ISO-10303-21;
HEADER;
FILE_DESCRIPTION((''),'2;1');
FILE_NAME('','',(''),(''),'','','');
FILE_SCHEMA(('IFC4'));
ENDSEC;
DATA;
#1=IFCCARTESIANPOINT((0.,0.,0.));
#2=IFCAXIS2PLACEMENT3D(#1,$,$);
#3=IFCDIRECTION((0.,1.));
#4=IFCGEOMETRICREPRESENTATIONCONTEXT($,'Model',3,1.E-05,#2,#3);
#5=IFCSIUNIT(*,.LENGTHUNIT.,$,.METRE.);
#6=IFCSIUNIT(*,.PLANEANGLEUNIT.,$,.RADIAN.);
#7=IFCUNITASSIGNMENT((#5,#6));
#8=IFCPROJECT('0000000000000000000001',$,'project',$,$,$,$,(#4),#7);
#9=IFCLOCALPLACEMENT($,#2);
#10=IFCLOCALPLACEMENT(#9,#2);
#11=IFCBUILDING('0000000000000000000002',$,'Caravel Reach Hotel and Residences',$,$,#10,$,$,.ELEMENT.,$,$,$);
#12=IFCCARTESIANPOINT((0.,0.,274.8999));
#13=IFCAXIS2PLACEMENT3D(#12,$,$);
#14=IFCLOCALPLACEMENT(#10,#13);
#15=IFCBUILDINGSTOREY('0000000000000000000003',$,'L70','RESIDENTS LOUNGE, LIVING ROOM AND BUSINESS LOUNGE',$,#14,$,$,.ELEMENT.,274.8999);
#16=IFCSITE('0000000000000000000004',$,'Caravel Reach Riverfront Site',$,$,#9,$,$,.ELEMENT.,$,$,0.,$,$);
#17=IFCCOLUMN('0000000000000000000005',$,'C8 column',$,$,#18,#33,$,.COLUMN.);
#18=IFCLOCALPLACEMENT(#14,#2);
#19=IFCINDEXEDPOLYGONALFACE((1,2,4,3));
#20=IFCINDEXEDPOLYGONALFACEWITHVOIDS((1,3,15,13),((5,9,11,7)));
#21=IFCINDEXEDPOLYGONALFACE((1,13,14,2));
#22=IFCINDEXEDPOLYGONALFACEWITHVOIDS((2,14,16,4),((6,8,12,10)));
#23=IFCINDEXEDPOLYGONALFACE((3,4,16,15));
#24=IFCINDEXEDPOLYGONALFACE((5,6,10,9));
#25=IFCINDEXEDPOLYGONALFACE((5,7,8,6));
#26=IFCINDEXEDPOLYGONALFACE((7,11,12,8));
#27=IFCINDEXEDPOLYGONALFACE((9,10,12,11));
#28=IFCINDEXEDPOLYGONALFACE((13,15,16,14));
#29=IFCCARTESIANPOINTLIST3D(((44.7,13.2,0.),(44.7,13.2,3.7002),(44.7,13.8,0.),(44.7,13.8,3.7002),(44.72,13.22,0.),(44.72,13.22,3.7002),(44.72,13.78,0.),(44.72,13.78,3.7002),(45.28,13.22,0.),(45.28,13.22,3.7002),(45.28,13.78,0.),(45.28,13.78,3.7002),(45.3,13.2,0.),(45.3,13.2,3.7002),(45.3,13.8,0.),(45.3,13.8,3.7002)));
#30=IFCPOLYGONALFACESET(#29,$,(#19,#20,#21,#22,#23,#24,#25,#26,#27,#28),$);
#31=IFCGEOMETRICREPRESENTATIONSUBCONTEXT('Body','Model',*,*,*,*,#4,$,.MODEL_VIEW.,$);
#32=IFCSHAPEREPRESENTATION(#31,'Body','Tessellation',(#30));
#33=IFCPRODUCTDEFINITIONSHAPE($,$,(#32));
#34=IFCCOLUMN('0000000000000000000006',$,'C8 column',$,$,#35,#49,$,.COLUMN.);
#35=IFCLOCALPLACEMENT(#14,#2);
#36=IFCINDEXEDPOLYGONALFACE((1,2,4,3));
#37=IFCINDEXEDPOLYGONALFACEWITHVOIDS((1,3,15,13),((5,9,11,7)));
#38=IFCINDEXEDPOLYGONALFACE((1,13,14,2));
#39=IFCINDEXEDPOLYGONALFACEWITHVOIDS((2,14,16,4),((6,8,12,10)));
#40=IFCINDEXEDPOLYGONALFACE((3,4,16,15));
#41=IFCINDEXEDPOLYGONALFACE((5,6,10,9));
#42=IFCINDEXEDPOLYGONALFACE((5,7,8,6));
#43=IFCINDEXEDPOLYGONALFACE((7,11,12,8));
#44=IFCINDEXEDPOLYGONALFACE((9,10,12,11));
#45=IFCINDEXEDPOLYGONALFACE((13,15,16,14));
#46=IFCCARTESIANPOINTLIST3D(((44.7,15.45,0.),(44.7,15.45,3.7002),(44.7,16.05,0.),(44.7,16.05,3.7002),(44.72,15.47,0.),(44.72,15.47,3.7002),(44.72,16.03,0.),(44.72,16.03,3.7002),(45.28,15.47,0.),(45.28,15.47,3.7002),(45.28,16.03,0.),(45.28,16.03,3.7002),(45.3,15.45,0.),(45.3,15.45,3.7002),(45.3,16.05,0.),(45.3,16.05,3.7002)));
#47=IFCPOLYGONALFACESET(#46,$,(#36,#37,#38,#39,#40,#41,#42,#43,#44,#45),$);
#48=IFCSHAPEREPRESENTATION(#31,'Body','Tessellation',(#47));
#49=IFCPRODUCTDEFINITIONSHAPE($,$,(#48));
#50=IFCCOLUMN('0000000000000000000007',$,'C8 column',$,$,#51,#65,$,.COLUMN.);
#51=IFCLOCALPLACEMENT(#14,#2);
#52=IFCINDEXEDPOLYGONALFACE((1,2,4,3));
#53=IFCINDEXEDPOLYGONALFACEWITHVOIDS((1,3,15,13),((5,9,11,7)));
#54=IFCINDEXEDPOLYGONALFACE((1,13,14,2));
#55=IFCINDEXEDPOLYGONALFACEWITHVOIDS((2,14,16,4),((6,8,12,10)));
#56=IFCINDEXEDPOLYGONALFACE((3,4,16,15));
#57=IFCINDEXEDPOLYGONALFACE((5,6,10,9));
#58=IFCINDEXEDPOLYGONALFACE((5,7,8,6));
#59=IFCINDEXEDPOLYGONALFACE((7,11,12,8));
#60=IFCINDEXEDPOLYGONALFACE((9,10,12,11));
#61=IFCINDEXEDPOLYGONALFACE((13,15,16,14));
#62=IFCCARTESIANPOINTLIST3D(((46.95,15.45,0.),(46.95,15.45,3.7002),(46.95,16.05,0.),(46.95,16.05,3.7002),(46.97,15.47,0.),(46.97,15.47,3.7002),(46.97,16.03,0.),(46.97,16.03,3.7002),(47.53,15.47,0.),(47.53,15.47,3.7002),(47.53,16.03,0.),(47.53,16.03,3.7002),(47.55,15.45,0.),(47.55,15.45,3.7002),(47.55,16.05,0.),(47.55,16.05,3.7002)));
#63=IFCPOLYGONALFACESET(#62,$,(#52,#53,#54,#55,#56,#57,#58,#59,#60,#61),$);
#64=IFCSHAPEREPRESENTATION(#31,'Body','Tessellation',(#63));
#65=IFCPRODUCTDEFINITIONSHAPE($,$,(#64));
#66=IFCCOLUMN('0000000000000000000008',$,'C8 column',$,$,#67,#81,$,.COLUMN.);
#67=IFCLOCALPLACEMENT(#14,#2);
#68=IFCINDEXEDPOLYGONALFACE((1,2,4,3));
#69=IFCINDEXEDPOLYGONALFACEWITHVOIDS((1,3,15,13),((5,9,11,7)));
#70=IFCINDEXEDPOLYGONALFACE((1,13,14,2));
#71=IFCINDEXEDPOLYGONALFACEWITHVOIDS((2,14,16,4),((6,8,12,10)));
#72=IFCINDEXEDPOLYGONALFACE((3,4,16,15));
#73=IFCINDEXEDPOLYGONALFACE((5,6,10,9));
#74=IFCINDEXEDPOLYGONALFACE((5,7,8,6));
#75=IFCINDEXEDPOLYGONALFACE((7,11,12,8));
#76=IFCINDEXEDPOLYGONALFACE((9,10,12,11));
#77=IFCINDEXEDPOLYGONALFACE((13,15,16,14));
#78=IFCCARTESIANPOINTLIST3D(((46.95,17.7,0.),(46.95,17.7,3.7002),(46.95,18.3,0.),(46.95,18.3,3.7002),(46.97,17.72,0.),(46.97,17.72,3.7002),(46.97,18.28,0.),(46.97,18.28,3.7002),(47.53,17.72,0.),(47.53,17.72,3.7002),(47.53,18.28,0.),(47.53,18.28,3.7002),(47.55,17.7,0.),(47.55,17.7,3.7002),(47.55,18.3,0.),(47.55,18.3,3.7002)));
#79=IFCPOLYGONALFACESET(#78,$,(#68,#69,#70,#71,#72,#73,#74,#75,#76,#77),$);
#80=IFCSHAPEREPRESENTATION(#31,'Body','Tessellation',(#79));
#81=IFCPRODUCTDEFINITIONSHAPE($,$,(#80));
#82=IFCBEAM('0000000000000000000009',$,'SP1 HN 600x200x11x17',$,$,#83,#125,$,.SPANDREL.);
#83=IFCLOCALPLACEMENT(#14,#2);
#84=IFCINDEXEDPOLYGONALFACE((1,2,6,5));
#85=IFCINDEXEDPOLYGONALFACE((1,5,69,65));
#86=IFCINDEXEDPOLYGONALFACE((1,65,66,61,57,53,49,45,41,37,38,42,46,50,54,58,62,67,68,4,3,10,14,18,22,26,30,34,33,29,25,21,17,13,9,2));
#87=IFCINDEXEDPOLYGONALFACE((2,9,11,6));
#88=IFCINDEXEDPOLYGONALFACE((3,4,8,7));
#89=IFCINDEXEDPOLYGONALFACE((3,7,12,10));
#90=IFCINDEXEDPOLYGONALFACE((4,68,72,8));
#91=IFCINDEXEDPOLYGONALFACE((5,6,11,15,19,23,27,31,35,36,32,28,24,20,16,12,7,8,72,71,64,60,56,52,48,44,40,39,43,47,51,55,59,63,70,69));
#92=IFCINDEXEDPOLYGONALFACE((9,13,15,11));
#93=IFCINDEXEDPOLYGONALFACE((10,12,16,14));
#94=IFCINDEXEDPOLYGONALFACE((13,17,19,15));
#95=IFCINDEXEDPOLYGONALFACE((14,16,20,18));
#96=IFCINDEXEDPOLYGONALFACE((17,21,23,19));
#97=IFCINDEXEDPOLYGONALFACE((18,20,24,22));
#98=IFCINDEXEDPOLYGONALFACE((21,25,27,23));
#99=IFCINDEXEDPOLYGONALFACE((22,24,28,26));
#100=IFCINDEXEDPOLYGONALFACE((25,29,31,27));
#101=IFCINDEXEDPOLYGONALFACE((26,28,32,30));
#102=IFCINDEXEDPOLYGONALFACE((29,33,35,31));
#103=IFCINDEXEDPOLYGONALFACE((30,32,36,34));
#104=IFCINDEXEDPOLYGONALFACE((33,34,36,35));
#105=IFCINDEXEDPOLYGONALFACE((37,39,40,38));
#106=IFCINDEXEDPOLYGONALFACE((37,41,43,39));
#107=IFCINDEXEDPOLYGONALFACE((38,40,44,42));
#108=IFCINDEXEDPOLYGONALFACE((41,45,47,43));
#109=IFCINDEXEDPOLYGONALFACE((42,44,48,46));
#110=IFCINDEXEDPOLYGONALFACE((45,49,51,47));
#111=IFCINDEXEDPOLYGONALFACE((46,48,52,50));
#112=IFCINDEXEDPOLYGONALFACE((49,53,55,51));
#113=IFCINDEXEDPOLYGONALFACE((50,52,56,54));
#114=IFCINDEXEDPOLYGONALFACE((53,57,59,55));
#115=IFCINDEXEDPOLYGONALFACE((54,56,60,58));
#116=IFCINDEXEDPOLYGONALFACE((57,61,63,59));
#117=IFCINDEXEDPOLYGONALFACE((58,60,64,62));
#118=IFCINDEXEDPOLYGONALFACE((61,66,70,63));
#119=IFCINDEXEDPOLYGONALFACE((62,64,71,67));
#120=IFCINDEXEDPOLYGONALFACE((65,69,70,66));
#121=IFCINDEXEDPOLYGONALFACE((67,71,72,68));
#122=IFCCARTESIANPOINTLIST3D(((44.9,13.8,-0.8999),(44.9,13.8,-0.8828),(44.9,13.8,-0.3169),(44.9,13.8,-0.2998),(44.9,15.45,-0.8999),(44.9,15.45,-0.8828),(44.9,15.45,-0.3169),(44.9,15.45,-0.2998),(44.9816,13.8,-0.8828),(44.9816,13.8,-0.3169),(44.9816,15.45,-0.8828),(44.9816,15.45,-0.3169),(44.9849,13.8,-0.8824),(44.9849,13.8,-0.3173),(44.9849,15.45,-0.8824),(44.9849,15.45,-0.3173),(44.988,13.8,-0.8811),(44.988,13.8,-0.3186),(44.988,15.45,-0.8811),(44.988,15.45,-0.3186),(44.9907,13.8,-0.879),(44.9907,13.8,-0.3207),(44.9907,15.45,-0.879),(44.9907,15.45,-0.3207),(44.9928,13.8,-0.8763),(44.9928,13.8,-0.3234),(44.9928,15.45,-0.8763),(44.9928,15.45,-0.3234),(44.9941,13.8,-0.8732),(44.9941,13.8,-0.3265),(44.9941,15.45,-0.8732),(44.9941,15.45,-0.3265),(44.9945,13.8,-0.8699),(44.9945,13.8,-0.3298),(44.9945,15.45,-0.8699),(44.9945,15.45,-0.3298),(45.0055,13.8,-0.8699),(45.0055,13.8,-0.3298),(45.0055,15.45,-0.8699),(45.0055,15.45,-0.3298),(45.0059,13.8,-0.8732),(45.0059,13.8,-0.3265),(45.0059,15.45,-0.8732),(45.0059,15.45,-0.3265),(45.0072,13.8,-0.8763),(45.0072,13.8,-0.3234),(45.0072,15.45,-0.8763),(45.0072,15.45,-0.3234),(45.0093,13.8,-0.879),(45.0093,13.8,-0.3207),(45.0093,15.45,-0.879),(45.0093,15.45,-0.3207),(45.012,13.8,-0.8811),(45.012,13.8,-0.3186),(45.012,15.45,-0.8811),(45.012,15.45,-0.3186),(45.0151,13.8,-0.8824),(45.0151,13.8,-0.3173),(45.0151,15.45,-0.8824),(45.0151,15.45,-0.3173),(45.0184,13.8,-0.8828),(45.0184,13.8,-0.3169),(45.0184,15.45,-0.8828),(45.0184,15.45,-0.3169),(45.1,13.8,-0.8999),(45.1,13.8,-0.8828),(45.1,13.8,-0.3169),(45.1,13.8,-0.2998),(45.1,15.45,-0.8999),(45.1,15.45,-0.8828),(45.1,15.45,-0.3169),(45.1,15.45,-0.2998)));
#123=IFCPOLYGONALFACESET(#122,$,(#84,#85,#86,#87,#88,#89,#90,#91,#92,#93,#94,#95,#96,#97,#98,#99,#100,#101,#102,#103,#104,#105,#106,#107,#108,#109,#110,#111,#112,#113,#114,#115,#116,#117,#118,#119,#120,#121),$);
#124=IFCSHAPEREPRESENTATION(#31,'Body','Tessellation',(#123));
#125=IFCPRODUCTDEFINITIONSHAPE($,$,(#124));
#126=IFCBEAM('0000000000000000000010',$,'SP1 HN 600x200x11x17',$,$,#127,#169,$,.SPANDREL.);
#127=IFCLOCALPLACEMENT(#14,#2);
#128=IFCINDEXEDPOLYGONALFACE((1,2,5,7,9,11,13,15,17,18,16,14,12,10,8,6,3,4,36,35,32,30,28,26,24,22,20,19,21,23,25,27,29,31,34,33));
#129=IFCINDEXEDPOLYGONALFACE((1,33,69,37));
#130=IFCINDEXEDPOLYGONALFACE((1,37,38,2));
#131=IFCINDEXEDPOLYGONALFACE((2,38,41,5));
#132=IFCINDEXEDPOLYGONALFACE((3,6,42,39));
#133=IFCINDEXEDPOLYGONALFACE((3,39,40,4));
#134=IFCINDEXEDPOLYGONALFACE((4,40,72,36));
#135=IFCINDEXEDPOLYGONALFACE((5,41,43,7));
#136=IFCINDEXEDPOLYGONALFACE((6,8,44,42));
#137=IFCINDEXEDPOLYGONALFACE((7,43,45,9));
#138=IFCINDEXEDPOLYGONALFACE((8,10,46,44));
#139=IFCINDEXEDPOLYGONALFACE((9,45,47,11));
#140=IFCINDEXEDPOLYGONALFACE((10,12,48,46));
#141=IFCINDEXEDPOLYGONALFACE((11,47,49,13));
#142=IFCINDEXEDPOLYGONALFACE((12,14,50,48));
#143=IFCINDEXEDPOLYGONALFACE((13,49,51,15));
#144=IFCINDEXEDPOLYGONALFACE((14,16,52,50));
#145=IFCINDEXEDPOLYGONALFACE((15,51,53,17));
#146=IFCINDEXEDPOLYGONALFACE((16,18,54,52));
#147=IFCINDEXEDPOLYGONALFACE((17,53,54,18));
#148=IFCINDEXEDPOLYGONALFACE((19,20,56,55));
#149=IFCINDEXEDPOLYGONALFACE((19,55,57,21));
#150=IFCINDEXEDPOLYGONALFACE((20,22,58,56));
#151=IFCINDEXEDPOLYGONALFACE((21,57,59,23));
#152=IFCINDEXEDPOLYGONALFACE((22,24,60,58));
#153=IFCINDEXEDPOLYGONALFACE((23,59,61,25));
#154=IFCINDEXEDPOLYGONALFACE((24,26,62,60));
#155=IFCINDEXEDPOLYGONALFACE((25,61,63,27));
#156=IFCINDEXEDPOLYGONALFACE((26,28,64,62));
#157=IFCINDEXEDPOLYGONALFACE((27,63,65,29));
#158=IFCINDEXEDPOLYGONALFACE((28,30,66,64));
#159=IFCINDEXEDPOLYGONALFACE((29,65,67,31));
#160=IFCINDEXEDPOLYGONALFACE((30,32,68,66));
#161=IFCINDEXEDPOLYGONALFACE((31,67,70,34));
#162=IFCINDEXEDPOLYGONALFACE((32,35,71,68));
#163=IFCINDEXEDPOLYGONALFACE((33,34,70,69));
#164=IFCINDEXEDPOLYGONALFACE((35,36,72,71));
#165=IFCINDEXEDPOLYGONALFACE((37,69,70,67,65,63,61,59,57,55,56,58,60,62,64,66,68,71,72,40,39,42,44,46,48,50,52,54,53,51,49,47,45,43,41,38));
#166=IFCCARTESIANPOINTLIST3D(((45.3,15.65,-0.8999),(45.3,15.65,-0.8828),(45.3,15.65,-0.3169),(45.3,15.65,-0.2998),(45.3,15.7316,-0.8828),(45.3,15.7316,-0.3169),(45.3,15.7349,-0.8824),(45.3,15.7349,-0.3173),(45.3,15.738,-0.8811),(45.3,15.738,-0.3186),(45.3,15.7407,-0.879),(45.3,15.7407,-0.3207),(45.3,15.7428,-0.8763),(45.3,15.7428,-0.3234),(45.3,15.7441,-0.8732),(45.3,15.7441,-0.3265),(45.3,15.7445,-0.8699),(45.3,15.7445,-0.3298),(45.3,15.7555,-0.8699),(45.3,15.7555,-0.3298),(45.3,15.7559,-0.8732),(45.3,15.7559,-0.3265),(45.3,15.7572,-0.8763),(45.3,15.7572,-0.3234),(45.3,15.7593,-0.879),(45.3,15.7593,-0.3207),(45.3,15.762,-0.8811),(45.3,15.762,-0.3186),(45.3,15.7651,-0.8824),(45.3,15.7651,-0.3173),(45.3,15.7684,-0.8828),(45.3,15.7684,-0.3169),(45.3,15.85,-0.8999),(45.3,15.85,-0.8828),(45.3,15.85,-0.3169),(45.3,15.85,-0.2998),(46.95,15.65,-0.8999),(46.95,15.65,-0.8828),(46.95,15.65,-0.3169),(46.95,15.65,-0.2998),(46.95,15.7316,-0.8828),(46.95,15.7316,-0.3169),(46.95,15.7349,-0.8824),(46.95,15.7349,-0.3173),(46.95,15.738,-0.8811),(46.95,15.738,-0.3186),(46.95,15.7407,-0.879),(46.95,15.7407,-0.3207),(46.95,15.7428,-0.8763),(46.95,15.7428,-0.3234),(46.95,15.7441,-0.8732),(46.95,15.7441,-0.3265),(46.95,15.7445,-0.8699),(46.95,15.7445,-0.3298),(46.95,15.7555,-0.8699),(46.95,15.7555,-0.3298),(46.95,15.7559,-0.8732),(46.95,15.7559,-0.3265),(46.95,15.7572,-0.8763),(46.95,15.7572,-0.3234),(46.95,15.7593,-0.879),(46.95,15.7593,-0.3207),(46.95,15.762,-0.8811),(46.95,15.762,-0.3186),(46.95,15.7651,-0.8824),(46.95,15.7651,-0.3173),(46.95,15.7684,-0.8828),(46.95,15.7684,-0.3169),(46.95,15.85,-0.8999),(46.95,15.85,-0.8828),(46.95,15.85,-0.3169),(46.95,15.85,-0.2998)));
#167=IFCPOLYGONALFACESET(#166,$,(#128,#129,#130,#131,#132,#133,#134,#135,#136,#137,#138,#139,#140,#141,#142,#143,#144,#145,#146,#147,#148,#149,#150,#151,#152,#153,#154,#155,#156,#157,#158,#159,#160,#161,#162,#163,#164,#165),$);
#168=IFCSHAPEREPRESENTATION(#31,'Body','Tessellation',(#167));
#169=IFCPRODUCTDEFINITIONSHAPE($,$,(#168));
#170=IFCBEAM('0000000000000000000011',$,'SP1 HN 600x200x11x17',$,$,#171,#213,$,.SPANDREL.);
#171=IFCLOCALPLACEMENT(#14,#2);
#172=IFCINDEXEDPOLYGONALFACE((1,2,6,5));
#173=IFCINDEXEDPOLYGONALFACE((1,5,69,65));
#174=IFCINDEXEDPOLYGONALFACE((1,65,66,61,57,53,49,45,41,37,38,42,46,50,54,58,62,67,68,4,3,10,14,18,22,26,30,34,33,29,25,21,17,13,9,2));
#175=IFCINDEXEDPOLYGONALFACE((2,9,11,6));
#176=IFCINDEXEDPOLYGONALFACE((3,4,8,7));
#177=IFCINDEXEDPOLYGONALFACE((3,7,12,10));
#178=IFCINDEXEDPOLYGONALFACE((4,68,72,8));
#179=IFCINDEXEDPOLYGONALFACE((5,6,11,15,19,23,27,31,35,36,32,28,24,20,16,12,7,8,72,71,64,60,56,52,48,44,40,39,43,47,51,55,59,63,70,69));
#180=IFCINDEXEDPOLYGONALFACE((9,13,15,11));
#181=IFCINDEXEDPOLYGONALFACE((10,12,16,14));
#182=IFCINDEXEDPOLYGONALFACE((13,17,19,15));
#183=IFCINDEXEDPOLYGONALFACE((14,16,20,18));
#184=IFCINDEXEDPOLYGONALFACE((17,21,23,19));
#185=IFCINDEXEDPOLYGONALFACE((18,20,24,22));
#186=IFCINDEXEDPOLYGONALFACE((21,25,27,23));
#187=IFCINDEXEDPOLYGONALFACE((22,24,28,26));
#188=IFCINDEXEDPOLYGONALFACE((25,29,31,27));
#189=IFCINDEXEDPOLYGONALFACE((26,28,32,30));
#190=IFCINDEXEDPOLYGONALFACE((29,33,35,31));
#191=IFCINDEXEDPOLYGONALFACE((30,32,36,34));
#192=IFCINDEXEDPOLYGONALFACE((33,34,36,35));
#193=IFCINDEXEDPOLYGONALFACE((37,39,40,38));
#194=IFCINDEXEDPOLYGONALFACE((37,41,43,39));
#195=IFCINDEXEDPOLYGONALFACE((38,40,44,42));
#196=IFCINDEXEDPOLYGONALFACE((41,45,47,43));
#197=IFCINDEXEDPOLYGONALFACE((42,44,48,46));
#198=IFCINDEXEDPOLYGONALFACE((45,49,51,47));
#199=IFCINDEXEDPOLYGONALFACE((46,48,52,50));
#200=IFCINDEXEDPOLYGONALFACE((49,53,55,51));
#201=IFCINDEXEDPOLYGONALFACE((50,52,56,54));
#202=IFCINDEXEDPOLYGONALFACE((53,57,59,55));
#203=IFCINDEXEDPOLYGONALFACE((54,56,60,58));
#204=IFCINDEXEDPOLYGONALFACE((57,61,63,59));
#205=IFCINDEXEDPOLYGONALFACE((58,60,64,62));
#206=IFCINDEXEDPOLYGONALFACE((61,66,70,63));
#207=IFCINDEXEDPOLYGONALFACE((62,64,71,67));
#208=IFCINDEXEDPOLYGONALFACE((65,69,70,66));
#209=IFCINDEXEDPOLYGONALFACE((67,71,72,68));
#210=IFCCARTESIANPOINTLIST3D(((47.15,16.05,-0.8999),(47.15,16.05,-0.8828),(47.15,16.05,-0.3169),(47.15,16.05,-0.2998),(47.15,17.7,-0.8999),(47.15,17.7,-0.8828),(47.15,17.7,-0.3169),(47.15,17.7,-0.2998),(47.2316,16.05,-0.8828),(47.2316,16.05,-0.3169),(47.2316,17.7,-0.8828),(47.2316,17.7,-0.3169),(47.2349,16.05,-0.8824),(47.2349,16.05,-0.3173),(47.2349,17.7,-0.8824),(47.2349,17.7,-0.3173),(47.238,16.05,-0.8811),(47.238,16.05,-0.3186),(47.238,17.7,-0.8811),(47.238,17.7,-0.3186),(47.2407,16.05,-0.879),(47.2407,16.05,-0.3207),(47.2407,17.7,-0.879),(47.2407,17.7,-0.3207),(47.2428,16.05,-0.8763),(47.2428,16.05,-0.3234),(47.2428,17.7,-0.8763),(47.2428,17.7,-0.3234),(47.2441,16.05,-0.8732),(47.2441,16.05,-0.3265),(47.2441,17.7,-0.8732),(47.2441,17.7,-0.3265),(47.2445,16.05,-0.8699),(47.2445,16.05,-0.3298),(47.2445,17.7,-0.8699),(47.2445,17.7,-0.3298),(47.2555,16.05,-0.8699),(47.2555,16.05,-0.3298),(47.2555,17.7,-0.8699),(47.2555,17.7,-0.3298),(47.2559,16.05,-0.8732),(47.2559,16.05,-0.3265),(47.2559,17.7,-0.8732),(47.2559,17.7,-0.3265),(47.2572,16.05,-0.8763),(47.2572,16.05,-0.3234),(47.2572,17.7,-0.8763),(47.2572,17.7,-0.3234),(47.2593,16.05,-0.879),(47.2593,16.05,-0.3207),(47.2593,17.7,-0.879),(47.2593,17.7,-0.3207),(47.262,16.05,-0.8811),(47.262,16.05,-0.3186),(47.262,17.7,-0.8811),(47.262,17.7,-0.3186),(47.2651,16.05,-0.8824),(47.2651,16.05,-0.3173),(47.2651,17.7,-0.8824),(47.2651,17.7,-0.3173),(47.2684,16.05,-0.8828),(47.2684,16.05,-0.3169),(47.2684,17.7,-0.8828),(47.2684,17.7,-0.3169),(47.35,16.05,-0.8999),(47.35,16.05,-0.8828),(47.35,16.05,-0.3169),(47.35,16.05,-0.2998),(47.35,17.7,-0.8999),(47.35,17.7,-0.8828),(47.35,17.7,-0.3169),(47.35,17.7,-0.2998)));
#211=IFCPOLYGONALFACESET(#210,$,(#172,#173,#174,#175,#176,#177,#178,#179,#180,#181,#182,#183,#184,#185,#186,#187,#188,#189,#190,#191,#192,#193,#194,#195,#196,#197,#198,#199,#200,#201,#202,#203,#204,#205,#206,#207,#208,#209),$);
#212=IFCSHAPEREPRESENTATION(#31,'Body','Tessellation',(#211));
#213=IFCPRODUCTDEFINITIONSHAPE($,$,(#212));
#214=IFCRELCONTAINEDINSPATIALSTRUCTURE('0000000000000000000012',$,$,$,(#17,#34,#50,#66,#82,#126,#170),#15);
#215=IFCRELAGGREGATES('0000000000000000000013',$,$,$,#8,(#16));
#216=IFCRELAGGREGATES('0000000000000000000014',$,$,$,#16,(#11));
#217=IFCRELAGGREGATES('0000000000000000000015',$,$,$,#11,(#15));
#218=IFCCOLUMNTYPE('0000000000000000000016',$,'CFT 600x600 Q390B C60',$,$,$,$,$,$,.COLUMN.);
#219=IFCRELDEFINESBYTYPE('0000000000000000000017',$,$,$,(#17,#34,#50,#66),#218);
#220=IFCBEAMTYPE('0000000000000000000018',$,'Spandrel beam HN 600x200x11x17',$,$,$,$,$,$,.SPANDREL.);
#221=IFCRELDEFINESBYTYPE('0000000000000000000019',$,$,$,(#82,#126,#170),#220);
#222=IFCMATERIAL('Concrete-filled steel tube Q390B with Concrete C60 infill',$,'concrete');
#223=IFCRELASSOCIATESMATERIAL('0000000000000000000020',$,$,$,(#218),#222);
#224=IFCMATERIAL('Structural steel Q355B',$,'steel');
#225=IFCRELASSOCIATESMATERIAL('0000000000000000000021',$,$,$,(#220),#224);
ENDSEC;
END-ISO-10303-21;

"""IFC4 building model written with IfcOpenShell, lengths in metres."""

from ifc_helpers import new_model, si_unit, direction, frame, origin, origin_2d, place, context, subcontext, project, spatial, hollow_rectangle, i_section, extrude, material, material_profile, profile_set, type_object, element, save


model = new_model("IFC4")

# Units and contexts
model_context = context("Model", 3, precision=1e-05, world=origin(), true_north=direction((0.0, 1.0)))
body_context = subcontext(model_context, "Body", "Model", "MODEL_VIEW")
ifc_project = project(units=[si_unit("LENGTHUNIT", "METRE"), si_unit("PLANEANGLEUNIT", "RADIAN")], contexts=[model_context])

# Site, building, storey
site_placement = place(None, origin())
site = spatial("IfcSite", under=ifc_project, at=site_placement, Name="Caravel Reach Riverfront Site", CompositionType="ELEMENT", RefElevation=0.0)
building_placement = place(site_placement, origin())
building = spatial("IfcBuilding", under=site, at=building_placement, Name="Caravel Reach Hotel and Residences", CompositionType="ELEMENT")
storey_placement = place(building_placement, frame((0.0, 0.0, 274.8999)))
storey = spatial("IfcBuildingStorey", under=building, at=storey_placement, Name="L70", Description="RESIDENTS LOUNGE, LIVING ROOM AND BUSINESS LOUNGE", CompositionType="ELEMENT", Elevation=274.8999)

# Columns
ifc_material_1 = material(Name="Concrete-filled steel tube Q390B with Concrete C60 infill", Category="concrete")
ifc_material_profile_1 = material_profile(ifc_material_1, hollow_rectangle(XDim=0.6001, YDim=0.6001, WallThickness=0.02, at=origin_2d()), Name="RHS 600x600x20")
ifc_profile_set_1 = profile_set([ifc_material_profile_1], Name="Concrete-filled steel tube Q390B with Concrete C60 infill")
column_type = type_object("IfcColumnType", Name="CFT 600x600 Q390B C60", PredefinedType="COLUMN", material=ifc_profile_set_1)
for number, where, z_axis, x_axis, name in (
    (1, (45.0, 13.5, 0.0), (0.0, 0.0, 1.0), (1.0, 0.0, 0.0), "C8 column"),
    (2, (45.0, 15.75, 0.0), (0.0, 0.0, 1.0), (1.0, 0.0, 0.0), "C8 column"),
    (3, (47.25, 15.75, 0.0), (0.0, 0.0, 1.0), (1.0, 0.0, 0.0), "C8 column"),
    (4, (47.25, 18.0, 0.0), (0.0, 0.0, 1.0), (1.0, 0.0, 0.0), "C8 column"),
):
    element("IfcColumn", number, at=place(storey_placement, frame(where, z_axis=z_axis, x_axis=x_axis)), inside=storey, type_object=column_type, Name=name, PredefinedType="COLUMN", context=body_context, shape_type="SweptSolid", body=[
        extrude(hollow_rectangle(XDim=0.6001, YDim=0.6001, WallThickness=0.02, at=origin_2d()), origin(), (0.0, 0.0, 1.0), 3.7002),
    ])

# Beams
ifc_material_2 = material(Name="Structural steel Q355B", Category="steel")
ifc_material_profile_2 = material_profile(ifc_material_2, i_section(OverallWidth=0.2, OverallDepth=0.6001, WebThickness=0.011, FlangeThickness=0.0171, FilletRadius=0.0129, at=origin_2d()), Name="HN 600x200x11x17")
ifc_profile_set_2 = profile_set([ifc_material_profile_2], Name="Structural steel Q355B")
beam_type = type_object("IfcBeamType", Name="Spandrel beam HN 600x200x11x17", PredefinedType="SPANDREL", material=ifc_profile_set_2)
for number, where, z_axis, x_axis, name in (
    (5, (45.0, 13.8, -0.5999), (0.0, 1.0, 0.0), (-1.0, 0.0, 0.0), "SP1 HN 600x200x11x17"),
    (6, (45.3, 15.75, -0.5999), (1.0, 0.0, 0.0), (0.0, 1.0, 0.0), "SP1 HN 600x200x11x17"),
    (7, (47.25, 16.05, -0.5999), (0.0, 1.0, 0.0), (-1.0, 0.0, 0.0), "SP1 HN 600x200x11x17"),
):
    element("IfcBeam", number, at=place(storey_placement, frame(where, z_axis=z_axis, x_axis=x_axis)), inside=storey, type_object=beam_type, Name=name, PredefinedType="SPANDREL", context=body_context, shape_type="SweptSolid", body=[
        extrude(i_section(OverallWidth=0.2, OverallDepth=0.6001, WebThickness=0.011, FlangeThickness=0.0171, FilletRadius=0.0129, at=origin_2d()), origin(), (0.0, 0.0, 1.0), 1.6499),
    ])

save(model, "model.ifc")
